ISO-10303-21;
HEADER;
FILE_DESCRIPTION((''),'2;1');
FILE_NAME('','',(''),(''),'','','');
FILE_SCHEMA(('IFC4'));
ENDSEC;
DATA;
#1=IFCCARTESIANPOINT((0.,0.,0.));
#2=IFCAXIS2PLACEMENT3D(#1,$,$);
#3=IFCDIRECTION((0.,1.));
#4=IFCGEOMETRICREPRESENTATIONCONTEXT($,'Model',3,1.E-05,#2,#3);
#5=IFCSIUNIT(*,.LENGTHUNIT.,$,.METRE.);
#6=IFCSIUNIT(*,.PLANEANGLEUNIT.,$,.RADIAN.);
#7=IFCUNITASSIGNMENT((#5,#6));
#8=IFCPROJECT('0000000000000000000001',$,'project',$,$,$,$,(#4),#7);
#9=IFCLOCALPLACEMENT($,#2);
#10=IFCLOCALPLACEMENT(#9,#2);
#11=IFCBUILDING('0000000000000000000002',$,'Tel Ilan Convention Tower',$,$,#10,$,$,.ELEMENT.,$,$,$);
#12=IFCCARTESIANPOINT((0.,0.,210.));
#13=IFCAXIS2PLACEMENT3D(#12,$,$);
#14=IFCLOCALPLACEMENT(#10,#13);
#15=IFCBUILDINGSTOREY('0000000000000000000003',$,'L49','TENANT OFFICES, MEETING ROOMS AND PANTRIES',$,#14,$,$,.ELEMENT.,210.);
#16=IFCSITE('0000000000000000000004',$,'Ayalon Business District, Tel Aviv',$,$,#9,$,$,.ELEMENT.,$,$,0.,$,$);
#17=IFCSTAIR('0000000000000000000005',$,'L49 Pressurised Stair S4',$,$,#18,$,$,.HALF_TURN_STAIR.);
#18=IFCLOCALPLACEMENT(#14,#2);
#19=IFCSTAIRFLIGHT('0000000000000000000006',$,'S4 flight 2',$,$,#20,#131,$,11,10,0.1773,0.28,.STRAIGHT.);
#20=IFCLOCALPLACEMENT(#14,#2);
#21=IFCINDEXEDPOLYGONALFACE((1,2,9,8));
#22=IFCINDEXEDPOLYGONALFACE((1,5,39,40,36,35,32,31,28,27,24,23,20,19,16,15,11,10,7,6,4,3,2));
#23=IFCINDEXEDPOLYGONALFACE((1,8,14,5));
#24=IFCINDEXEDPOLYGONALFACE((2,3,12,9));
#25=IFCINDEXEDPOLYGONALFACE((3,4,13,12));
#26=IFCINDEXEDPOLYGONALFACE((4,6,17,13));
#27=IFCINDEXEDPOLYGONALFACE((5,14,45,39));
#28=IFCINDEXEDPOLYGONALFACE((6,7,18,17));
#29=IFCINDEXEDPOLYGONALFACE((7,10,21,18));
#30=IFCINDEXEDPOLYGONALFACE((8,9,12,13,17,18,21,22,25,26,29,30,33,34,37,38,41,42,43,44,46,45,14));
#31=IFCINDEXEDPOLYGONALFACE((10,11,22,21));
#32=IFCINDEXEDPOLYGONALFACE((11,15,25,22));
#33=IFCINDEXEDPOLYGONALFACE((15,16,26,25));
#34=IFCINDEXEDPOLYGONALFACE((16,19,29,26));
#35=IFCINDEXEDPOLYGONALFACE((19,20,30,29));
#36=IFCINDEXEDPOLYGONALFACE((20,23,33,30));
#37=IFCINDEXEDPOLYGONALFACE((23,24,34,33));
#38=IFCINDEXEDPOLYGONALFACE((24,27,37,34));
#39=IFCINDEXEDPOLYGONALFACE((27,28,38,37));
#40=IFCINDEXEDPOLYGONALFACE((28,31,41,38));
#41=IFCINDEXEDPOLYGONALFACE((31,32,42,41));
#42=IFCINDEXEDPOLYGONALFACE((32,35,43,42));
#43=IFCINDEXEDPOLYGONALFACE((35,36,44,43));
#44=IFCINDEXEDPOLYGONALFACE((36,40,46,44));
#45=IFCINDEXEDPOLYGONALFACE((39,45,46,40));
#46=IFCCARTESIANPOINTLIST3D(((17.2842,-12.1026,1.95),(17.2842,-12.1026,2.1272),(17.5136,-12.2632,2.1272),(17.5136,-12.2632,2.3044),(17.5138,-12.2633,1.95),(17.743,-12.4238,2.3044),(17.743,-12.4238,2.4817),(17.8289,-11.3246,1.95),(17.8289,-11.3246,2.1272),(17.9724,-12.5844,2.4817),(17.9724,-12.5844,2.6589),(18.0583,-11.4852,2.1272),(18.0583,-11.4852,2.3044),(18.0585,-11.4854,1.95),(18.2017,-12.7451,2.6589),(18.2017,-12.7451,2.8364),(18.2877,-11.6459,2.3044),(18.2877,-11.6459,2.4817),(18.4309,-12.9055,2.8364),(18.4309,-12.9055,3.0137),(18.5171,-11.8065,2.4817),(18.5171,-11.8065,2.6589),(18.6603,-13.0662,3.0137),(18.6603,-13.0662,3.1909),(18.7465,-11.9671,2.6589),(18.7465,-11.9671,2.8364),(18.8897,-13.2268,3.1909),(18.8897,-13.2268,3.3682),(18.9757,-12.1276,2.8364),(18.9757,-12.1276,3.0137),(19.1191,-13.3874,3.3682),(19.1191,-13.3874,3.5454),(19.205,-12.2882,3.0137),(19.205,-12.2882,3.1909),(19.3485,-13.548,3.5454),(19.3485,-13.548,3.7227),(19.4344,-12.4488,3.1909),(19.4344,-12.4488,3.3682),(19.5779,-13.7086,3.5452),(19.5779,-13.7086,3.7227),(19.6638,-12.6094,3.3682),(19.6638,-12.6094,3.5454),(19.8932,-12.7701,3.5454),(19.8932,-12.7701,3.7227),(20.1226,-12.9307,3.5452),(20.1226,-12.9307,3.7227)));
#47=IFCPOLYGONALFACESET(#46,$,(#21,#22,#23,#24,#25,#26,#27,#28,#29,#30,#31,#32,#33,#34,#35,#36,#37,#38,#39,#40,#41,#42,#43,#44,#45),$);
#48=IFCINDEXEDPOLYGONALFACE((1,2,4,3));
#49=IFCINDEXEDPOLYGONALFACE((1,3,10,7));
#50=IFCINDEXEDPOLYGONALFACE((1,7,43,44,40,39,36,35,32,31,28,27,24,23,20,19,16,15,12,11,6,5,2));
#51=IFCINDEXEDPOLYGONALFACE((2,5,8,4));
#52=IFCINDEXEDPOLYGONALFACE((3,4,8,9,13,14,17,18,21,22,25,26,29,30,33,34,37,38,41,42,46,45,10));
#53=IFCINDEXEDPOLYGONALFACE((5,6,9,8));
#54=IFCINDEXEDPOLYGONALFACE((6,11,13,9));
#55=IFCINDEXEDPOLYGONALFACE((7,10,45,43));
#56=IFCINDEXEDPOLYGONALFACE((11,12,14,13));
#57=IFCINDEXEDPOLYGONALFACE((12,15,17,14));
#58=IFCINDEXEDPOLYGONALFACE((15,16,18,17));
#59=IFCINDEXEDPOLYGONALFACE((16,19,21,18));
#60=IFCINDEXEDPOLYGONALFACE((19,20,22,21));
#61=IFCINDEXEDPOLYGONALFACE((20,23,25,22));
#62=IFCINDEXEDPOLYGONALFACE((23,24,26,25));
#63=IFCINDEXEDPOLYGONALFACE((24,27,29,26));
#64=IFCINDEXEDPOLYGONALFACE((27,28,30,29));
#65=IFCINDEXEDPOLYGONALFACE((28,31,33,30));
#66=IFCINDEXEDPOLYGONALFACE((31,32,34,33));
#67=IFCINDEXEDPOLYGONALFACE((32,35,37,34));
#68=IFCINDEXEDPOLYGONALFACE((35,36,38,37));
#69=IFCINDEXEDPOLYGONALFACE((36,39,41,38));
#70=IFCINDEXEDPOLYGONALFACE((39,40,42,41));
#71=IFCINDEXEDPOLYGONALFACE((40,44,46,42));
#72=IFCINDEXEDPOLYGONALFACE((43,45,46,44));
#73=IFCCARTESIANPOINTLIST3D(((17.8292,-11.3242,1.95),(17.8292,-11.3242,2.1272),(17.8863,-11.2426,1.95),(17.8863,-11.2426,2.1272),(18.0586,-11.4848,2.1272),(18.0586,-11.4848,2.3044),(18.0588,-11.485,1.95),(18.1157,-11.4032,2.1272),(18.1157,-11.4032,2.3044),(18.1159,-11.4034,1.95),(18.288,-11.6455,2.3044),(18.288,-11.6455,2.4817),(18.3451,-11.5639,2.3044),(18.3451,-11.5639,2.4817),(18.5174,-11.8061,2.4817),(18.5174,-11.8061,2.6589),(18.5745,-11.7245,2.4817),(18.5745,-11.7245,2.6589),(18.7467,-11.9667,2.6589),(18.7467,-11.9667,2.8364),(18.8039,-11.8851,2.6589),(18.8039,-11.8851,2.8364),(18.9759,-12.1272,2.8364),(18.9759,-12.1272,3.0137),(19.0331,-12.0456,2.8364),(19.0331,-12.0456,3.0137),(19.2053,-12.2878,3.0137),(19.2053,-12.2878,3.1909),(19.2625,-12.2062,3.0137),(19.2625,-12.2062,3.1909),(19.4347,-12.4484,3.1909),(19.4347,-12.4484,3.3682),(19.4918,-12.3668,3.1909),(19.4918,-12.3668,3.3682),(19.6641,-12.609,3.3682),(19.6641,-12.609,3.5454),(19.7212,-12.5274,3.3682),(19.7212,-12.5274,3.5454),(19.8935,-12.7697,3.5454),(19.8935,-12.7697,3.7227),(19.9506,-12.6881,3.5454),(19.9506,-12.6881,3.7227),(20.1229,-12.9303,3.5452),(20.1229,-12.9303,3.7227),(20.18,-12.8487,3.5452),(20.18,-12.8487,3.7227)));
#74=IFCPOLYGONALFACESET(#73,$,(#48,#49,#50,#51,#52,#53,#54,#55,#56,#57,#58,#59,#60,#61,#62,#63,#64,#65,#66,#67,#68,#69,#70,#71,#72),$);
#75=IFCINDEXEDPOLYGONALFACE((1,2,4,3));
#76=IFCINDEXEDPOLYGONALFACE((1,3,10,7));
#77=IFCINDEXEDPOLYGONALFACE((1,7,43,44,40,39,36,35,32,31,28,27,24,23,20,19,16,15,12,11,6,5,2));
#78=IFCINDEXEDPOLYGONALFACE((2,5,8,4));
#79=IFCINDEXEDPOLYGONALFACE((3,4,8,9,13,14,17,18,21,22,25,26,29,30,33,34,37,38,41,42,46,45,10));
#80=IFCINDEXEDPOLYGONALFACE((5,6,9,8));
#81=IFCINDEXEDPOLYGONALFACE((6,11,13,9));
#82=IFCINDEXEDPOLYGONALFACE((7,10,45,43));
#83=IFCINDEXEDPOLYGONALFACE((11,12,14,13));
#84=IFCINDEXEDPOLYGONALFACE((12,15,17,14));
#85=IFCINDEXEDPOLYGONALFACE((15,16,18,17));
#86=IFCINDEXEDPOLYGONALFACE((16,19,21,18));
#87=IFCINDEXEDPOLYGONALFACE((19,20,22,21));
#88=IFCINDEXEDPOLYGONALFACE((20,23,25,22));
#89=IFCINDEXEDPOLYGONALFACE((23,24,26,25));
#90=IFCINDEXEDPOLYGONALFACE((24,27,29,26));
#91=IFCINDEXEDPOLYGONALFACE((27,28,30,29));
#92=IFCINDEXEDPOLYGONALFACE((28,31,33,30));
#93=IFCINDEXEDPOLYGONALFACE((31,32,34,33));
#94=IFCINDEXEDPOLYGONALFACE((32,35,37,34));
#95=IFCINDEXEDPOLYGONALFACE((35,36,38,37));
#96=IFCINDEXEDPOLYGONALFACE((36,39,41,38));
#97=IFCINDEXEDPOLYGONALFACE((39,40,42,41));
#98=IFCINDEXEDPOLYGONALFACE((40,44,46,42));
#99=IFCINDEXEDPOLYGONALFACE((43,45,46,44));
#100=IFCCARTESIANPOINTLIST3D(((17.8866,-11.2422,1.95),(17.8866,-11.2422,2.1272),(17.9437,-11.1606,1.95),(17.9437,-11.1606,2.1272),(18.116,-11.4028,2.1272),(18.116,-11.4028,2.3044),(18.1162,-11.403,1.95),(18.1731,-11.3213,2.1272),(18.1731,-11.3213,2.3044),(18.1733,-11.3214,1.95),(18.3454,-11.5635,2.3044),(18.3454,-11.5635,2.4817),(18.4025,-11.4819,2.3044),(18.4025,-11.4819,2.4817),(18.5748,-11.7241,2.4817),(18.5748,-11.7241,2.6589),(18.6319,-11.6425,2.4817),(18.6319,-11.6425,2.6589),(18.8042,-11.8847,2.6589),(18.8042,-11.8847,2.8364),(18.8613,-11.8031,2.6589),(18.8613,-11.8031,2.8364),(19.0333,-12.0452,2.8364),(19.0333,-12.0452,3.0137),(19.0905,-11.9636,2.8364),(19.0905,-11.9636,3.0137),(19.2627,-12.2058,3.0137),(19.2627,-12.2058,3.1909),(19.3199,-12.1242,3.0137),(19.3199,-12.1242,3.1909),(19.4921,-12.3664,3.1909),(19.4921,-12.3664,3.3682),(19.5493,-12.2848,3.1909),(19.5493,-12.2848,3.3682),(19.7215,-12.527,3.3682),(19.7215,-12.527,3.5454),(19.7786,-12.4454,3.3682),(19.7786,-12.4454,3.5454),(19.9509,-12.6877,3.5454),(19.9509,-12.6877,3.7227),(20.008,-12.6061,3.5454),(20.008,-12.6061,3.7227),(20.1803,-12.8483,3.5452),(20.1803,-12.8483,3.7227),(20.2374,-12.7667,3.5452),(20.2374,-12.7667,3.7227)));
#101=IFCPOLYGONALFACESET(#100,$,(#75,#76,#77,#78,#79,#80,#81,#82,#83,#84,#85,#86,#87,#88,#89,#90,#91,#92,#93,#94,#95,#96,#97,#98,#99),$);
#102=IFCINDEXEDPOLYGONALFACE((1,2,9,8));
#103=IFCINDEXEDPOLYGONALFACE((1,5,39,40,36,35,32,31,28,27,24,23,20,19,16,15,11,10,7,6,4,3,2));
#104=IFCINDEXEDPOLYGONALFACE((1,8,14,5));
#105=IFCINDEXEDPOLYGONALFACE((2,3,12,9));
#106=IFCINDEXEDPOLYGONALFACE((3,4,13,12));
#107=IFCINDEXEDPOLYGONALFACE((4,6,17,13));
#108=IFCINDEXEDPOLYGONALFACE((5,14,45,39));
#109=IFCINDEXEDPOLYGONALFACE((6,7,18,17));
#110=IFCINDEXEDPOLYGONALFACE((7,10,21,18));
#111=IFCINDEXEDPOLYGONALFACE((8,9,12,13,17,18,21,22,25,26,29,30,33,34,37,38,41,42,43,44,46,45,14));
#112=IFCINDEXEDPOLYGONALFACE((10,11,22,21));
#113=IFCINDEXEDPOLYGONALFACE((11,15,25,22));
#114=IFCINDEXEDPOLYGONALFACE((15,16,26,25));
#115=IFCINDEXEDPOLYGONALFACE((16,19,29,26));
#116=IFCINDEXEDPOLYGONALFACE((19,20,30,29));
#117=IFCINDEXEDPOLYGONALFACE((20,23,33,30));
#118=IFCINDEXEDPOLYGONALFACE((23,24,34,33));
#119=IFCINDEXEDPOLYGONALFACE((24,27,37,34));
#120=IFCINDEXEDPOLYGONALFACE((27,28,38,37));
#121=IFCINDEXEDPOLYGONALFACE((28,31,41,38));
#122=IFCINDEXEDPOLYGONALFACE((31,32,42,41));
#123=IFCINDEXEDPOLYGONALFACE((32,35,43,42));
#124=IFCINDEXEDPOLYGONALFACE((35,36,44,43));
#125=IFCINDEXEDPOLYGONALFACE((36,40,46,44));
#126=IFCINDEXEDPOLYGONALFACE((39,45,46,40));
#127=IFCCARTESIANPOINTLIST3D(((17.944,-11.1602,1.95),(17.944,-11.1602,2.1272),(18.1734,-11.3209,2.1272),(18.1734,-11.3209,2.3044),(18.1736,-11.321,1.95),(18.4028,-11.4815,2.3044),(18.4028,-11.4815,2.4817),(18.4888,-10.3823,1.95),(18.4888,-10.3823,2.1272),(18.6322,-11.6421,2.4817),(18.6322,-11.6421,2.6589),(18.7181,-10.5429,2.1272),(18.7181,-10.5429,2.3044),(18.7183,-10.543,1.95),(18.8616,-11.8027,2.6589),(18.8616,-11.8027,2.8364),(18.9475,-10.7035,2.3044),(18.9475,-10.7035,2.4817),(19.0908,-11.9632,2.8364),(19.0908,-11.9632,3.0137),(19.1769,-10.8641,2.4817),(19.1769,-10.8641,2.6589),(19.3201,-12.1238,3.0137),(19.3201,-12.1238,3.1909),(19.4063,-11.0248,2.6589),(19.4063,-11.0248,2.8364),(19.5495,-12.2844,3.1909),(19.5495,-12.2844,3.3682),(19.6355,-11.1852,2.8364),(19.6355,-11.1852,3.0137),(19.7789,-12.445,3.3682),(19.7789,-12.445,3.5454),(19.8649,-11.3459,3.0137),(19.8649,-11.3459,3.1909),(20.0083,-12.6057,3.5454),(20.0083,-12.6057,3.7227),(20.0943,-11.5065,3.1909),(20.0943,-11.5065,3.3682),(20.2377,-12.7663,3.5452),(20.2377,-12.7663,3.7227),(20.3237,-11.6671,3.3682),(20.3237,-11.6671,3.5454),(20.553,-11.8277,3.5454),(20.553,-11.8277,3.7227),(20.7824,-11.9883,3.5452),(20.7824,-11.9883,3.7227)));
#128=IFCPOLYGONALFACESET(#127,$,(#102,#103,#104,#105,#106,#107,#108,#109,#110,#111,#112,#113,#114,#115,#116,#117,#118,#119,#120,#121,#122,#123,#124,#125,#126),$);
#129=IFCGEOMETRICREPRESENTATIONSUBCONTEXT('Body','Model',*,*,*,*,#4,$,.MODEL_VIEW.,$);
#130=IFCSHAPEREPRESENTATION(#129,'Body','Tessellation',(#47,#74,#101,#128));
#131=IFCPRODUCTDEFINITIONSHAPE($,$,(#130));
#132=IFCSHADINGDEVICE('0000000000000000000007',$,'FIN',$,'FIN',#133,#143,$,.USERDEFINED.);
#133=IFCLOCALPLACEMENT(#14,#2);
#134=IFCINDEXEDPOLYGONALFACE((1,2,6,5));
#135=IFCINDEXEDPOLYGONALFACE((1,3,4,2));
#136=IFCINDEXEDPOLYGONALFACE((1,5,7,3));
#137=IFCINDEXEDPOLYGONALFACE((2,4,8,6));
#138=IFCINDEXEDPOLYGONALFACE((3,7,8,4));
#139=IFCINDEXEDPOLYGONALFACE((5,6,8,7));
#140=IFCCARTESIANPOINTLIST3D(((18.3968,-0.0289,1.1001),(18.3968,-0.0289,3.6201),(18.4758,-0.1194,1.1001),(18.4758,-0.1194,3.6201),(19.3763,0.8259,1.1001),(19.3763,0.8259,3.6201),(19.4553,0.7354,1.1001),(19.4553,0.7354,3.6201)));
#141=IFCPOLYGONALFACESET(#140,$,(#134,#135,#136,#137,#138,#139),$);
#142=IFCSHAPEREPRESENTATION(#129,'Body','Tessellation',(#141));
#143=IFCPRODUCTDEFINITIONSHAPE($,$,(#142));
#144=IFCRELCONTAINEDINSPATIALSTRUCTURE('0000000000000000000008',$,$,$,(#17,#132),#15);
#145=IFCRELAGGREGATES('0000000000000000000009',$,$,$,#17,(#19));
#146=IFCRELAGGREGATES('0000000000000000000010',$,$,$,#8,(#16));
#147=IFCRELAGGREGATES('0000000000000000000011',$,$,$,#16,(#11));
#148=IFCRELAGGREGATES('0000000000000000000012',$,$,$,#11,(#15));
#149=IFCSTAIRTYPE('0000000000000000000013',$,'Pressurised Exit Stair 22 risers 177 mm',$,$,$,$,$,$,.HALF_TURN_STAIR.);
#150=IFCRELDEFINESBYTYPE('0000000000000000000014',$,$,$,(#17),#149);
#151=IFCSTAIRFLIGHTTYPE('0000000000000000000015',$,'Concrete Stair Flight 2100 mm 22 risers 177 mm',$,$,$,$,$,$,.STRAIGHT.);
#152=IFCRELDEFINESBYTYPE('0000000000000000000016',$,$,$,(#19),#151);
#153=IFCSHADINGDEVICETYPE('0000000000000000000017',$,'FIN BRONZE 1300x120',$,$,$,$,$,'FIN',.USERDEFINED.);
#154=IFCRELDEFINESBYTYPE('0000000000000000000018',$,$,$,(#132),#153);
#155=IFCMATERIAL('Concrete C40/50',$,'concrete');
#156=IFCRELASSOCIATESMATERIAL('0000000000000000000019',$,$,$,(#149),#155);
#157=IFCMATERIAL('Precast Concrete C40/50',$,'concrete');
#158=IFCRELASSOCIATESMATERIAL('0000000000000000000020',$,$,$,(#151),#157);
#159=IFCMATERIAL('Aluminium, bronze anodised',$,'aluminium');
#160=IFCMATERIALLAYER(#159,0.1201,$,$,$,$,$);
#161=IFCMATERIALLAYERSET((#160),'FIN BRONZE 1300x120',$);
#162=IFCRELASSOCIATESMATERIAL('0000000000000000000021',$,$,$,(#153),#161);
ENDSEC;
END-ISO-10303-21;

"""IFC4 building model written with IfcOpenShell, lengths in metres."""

from ifc_helpers import new_model, si_unit, direction, frame, origin, origin_2d, place, context, subcontext, project, spatial, polyline, rectangle, outline, extrude, material, layer, layer_set, type_object, element, aggregate, save


model = new_model("IFC4")

# Units and contexts
model_context = context("Model", 3, precision=1e-05, world=origin(), true_north=direction((0.0, 1.0)))
body_context = subcontext(model_context, "Body", "Model", "MODEL_VIEW")
ifc_project = project(units=[si_unit("LENGTHUNIT", "METRE"), si_unit("PLANEANGLEUNIT", "RADIAN")], contexts=[model_context])

# Site, building, storey
site_placement = place(None, origin())
site = spatial("IfcSite", under=ifc_project, at=site_placement, Name="Ayalon Business District, Tel Aviv", CompositionType="ELEMENT", RefElevation=0.0)
building_placement = place(site_placement, origin())
building = spatial("IfcBuilding", under=site, at=building_placement, Name="Tel Ilan Convention Tower", CompositionType="ELEMENT")
storey_placement = place(building_placement, frame((0.0, 0.0, 210.0)))
storey = spatial("IfcBuildingStorey", under=building, at=storey_placement, Name="L49", Description="TENANT OFFICES, MEETING ROOMS AND PANTRIES", CompositionType="ELEMENT", Elevation=210.0)

# Shared definitions
ifc_material_1 = material(Name="Concrete C40/50", Category="concrete")
stair_type = type_object("IfcStairType", Name="Pressurised Exit Stair 22 risers 177 mm", PredefinedType="HALF_TURN_STAIR", material=ifc_material_1)
ifc_material_2 = material(Name="Precast Concrete C40/50", Category="concrete")
stair_flight_type = type_object("IfcStairFlightType", Name="Concrete Stair Flight 2100 mm 22 risers 177 mm", PredefinedType="STRAIGHT", material=ifc_material_2)

# Stair, stair flight
stair_1_placement = place(storey_placement, origin())
stair_1 = element("IfcStair", 1, at=stair_1_placement, inside=storey, type_object=stair_type, Name="L49 Pressurised Stair S4", PredefinedType="HALF_TURN_STAIR")
stair_flight_1_placement = place(storey_placement, frame((17.8865, -11.2424, 1.95), z_axis=(0.0, 0.0, 1.0), x_axis=(0.819152, -0.573576, 0.0)))
stair_flight_1 = element("IfcStairFlight", 2, at=stair_flight_1_placement, type_object=stair_flight_type, Name="S4 flight 2", NumberOfRisers=11, NumberOfTreads=10, PredefinedType="STRAIGHT", RiserHeight=0.1773, TreadLength=0.28, context=body_context, shape_type="SweptSolid", body=[
    extrude(outline(polyline([(0.0, 0.0), (0.0, 0.1772), (0.28, 0.1772), (0.28, 0.3545), (0.5601, 0.3545), (0.5601, 0.5317), (0.8401, 0.5317), (0.8401, 0.709), (1.1201, 0.709), (1.1201, 0.8865), (1.3999, 0.8865), (1.3999, 1.0637), (1.6799, 1.0637), (1.6799, 1.241), (1.96, 1.241), (1.96, 1.4182), (2.24, 1.4182), (2.24, 1.5955), (2.52, 1.5955), (2.52, 1.7727), (2.8, 1.7727), (2.8, 1.95), (2.8, 1.5952), (0.2803, 0.0), (0.0, 0.0)])), frame((0.0, -0.1003, 0.0), z_axis=(0.0, -1.0, 0.0), x_axis=(1.0, 0.0, 0.0)), (0.0, 0.0, 1.0), 0.9497),
    extrude(outline(polyline([(0.0, 0.0), (0.0, 0.1772), (0.28, 0.1772), (0.28, 0.3545), (0.5601, 0.3545), (0.5601, 0.5317), (0.8401, 0.5317), (0.8401, 0.709), (1.1201, 0.709), (1.1201, 0.8865), (1.3999, 0.8865), (1.3999, 1.0637), (1.6799, 1.0637), (1.6799, 1.241), (1.96, 1.241), (1.96, 1.4182), (2.24, 1.4182), (2.24, 1.5955), (2.52, 1.5955), (2.52, 1.7727), (2.8, 1.7727), (2.8, 1.95), (2.8, 1.5952), (0.2803, 0.0), (0.0, 0.0)])), frame((0.0, -0.0002, 0.0), z_axis=(0.0, -1.0, 0.0), x_axis=(1.0, 0.0, 0.0)), (0.0, 0.0, 1.0), 0.0996),
    extrude(outline(polyline([(0.0, 0.0), (0.0, 0.1772), (0.28, 0.1772), (0.28, 0.3545), (0.5601, 0.3545), (0.5601, 0.5317), (0.8401, 0.5317), (0.8401, 0.709), (1.1201, 0.709), (1.1201, 0.8865), (1.3999, 0.8865), (1.3999, 1.0637), (1.6799, 1.0637), (1.6799, 1.241), (1.96, 1.241), (1.96, 1.4182), (2.24, 1.4182), (2.24, 1.5955), (2.52, 1.5955), (2.52, 1.7727), (2.8, 1.7727), (2.8, 1.95), (2.8, 1.5952), (0.2803, 0.0), (0.0, 0.0)])), frame((0.0, 0.0999, 0.0), z_axis=(0.0, -1.0, 0.0), x_axis=(1.0, 0.0, 0.0)), (0.0, 0.0, 1.0), 0.0996),
    extrude(outline(polyline([(0.0, 0.0), (0.0, 0.1772), (0.28, 0.1772), (0.28, 0.3545), (0.5601, 0.3545), (0.5601, 0.5317), (0.8401, 0.5317), (0.8401, 0.709), (1.1201, 0.709), (1.1201, 0.8865), (1.3999, 0.8865), (1.3999, 1.0637), (1.6799, 1.0637), (1.6799, 1.241), (1.96, 1.241), (1.96, 1.4182), (2.24, 1.4182), (2.24, 1.5955), (2.52, 1.5955), (2.52, 1.7727), (2.8, 1.7727), (2.8, 1.95), (2.8, 1.5952), (0.2803, 0.0), (0.0, 0.0)])), frame((0.0, 1.05, 0.0), z_axis=(0.0, -1.0, 0.0), x_axis=(1.0, 0.0, 0.0)), (0.0, 0.0, 1.0), 0.9497),
])
aggregate(stair_1, [stair_flight_1])

# Shading device
ifc_material_3 = material(Name="Aluminium, bronze anodised", Category="aluminium")
ifc_layer_1 = layer(ifc_material_3, 0.1201)
ifc_layer_set_1 = layer_set([ifc_layer_1], Name="FIN BRONZE 1300x120")
shading_device_type = type_object("IfcShadingDeviceType", Name="FIN BRONZE 1300x120", ElementType="FIN", PredefinedType="USERDEFINED", material=ifc_layer_set_1)
shading_device_placement = place(storey_placement, frame((18.926, 0.3533, 1.1001), z_axis=(0.0, 0.0, 1.0), x_axis=(0.753436, 0.657521, 0.0)))
element("IfcShadingDevice", 3, at=shading_device_placement, inside=storey, type_object=shading_device_type, Name="FIN", ObjectType="FIN", PredefinedType="USERDEFINED", context=body_context, shape_type="SweptSolid", body=[
    extrude(rectangle(XDim=1.3, YDim=0.1201, at=origin_2d()), origin(), (0.0, 0.0, 1.0), 2.52),
])

save(model, "model.ifc")
